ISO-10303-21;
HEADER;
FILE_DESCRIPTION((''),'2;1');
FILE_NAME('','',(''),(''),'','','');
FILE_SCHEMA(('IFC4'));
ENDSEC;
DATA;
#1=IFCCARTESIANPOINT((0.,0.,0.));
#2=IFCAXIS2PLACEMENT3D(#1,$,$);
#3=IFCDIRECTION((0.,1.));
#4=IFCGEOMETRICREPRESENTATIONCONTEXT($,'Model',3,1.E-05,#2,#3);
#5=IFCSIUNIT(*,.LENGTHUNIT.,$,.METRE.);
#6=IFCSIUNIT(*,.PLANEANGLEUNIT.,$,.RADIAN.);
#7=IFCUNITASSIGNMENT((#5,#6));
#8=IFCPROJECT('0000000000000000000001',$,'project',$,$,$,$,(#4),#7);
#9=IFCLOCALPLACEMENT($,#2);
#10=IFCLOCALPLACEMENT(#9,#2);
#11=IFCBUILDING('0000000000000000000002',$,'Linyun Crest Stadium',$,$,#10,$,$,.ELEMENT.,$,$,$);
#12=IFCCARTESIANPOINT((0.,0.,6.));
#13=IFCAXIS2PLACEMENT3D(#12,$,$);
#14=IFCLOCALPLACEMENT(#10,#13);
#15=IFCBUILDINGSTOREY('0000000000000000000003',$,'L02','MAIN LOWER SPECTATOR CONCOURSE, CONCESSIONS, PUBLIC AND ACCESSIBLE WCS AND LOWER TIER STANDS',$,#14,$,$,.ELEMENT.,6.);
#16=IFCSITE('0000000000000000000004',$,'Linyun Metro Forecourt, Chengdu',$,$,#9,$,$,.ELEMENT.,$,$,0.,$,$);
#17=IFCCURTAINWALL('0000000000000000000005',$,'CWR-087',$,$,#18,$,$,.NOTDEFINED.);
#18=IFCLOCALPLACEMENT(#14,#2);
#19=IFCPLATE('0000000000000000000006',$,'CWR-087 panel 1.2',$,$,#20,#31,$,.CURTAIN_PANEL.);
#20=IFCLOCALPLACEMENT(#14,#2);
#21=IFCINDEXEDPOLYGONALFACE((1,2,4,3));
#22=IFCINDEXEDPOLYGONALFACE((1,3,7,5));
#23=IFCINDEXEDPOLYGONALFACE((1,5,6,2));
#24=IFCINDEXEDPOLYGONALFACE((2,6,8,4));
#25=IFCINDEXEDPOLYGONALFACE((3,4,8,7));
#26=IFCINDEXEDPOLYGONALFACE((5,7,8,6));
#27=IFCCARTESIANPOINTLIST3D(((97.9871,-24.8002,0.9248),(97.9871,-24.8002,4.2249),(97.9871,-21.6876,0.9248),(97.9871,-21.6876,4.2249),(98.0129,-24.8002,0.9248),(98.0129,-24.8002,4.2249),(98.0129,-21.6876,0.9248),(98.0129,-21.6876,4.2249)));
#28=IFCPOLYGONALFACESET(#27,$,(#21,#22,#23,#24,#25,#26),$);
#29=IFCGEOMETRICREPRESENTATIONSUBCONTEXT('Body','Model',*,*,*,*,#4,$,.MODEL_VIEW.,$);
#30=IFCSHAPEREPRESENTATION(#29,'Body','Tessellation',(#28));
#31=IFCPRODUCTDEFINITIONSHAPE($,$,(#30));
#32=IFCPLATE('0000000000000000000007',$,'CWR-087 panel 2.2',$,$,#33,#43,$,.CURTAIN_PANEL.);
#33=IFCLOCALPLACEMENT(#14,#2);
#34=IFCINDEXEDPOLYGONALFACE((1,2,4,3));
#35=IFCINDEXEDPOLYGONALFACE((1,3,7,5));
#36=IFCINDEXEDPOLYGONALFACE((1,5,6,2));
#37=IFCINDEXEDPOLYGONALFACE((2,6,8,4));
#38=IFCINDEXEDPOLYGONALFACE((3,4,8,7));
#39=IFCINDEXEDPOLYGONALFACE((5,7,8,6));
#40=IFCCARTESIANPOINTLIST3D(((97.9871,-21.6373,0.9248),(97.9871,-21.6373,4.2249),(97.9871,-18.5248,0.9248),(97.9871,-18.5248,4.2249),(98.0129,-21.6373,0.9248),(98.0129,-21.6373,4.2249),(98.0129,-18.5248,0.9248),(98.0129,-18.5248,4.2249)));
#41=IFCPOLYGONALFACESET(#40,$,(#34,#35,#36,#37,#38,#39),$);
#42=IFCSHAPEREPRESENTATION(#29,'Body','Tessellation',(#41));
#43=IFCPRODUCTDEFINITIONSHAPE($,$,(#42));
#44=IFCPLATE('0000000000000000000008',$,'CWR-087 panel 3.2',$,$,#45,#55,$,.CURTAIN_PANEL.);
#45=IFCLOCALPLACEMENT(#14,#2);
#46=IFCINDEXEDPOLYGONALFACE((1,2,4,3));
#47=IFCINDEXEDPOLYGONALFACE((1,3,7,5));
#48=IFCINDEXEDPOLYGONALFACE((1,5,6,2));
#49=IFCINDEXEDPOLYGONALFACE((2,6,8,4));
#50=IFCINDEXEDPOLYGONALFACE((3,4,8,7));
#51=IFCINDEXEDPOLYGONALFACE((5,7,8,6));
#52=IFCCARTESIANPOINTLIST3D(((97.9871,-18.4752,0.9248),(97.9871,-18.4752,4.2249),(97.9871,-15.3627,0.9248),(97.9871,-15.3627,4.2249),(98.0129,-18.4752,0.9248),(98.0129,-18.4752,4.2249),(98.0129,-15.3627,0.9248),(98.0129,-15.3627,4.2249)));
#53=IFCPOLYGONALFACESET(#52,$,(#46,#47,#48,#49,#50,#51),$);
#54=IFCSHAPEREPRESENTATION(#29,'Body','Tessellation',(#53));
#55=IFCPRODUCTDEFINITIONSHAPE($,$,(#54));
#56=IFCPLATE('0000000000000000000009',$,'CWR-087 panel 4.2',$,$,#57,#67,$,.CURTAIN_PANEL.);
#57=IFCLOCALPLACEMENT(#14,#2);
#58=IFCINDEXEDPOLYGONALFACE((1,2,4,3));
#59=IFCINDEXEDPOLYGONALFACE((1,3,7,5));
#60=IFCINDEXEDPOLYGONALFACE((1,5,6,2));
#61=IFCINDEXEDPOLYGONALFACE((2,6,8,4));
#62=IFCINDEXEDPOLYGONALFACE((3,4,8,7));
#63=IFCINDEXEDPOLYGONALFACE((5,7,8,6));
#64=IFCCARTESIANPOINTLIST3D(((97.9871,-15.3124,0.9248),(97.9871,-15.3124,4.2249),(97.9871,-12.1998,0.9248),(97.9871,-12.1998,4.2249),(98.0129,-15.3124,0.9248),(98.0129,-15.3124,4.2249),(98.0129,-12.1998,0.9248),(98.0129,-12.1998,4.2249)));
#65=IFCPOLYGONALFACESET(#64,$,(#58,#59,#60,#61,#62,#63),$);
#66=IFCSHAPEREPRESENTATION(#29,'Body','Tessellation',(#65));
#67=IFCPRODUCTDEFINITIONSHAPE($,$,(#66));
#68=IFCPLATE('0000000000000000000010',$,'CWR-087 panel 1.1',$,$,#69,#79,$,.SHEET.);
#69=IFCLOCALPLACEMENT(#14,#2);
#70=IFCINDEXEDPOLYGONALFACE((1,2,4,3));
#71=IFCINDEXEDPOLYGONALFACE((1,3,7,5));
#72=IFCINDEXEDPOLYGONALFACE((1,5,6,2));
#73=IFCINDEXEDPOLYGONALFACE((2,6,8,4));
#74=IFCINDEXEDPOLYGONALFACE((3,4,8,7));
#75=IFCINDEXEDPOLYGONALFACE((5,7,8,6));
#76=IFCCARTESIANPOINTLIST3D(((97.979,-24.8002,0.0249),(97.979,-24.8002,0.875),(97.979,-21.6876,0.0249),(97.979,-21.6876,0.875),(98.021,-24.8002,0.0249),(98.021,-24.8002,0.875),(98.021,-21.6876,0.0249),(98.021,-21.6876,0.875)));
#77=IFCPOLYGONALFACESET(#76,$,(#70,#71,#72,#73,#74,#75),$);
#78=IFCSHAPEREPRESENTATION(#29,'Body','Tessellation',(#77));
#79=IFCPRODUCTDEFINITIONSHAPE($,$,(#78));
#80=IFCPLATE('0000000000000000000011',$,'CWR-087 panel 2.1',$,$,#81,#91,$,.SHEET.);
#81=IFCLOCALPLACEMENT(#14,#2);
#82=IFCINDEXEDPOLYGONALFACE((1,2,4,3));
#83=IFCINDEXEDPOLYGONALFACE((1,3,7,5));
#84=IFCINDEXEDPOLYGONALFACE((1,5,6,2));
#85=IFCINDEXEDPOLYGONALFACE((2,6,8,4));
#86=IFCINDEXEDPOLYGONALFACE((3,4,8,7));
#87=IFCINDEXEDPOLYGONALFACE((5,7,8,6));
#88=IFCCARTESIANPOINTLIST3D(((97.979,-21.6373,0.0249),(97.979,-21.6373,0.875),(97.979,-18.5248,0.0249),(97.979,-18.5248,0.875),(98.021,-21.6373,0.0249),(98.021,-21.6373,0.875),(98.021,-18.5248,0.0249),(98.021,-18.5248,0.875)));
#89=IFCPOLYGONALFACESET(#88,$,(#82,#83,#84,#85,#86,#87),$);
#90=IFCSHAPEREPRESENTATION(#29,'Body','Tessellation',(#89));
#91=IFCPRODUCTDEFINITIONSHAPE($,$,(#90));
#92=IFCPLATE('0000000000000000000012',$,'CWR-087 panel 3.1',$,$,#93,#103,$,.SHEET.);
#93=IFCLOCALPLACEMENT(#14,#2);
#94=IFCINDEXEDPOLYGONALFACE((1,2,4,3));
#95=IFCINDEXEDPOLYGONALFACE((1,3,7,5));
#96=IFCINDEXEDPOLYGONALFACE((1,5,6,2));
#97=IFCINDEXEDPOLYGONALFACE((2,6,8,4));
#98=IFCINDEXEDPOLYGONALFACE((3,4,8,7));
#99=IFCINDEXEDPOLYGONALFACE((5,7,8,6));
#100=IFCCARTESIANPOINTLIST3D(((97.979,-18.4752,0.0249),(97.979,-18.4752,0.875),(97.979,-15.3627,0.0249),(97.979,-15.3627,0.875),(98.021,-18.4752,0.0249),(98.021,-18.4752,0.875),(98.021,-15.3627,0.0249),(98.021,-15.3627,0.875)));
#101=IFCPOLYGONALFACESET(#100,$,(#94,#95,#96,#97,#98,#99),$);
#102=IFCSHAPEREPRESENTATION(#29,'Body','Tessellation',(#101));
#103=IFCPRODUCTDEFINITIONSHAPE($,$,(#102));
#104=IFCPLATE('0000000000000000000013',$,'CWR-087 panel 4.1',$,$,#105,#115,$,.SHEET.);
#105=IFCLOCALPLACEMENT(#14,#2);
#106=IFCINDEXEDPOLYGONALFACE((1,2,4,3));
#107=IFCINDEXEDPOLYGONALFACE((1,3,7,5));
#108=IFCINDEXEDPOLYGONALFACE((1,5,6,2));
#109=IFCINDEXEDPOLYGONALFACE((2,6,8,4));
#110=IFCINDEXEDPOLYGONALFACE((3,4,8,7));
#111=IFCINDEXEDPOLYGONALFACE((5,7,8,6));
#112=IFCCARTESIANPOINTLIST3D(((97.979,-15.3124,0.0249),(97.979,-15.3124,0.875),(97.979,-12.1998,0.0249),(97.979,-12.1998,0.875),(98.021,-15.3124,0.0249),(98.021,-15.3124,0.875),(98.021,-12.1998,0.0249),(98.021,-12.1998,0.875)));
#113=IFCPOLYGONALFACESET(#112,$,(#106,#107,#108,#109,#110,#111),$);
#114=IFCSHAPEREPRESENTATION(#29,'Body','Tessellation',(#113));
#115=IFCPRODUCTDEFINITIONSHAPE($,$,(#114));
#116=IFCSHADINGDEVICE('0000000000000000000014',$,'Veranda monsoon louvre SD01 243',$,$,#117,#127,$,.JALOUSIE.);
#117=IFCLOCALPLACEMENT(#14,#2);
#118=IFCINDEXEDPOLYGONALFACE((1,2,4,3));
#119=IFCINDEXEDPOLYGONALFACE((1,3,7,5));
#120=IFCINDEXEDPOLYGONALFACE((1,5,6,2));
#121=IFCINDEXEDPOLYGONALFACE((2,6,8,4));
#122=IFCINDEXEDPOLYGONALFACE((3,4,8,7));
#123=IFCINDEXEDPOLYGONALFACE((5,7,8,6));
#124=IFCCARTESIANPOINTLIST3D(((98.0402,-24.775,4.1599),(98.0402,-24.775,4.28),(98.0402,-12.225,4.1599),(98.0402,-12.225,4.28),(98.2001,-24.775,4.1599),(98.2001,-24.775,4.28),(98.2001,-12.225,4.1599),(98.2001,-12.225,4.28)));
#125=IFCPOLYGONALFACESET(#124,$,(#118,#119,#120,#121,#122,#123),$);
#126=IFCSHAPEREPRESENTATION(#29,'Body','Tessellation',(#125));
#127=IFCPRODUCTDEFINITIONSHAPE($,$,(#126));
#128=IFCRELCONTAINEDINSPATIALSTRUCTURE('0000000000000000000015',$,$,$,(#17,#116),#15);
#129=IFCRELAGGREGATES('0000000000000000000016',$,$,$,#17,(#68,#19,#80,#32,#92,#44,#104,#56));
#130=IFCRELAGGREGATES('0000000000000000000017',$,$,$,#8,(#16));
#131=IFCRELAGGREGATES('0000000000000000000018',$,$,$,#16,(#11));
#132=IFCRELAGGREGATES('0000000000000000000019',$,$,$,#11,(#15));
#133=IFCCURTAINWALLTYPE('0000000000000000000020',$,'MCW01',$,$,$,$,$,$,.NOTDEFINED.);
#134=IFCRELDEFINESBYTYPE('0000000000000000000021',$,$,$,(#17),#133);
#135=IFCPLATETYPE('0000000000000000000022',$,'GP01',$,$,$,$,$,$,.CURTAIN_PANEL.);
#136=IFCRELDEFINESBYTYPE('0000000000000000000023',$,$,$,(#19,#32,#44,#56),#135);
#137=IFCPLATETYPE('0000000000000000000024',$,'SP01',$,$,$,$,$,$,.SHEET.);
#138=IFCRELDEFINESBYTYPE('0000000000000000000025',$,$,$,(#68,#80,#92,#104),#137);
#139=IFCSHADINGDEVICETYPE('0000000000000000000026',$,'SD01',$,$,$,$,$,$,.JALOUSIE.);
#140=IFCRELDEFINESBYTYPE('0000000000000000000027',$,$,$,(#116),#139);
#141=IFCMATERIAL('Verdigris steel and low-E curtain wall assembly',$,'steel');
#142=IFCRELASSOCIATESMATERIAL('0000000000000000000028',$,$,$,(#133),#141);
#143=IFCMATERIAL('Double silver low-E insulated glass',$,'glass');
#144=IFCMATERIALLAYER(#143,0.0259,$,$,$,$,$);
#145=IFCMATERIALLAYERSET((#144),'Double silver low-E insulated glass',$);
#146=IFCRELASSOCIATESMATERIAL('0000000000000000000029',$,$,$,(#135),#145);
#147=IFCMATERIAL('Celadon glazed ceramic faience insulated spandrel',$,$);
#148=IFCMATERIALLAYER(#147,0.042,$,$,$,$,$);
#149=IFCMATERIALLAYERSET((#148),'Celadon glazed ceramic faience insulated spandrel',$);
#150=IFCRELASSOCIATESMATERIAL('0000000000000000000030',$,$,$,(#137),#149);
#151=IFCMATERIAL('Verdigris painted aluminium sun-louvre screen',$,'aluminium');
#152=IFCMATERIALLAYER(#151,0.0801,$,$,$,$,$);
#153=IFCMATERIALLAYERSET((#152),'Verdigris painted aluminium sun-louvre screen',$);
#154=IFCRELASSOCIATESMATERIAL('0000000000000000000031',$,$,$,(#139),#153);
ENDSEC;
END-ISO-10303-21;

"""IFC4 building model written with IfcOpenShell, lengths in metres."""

from ifc_helpers import new_model, si_unit, direction, frame, origin, origin_2d, place, context, subcontext, project, spatial, rectangle, extrude, material, layer, layer_set, type_object, element, aggregate, save


model = new_model("IFC4")

# Units and contexts
model_context = context("Model", 3, precision=1e-05, world=origin(), true_north=direction((0.0, 1.0)))
body_context = subcontext(model_context, "Body", "Model", "MODEL_VIEW")
ifc_project = project(units=[si_unit("LENGTHUNIT", "METRE"), si_unit("PLANEANGLEUNIT", "RADIAN")], contexts=[model_context])

# Site, building, storey
site_placement = place(None, origin())
site = spatial("IfcSite", under=ifc_project, at=site_placement, Name="Linyun Metro Forecourt, Chengdu", CompositionType="ELEMENT", RefElevation=0.0)
building_placement = place(site_placement, origin())
building = spatial("IfcBuilding", under=site, at=building_placement, Name="Linyun Crest Stadium", CompositionType="ELEMENT")
storey_placement = place(building_placement, frame((0.0, 0.0, 6.0)))
storey = spatial("IfcBuildingStorey", under=building, at=storey_placement, Name="L02", Description="MAIN LOWER SPECTATOR CONCOURSE, CONCESSIONS, PUBLIC AND ACCESSIBLE WCS AND LOWER TIER STANDS", CompositionType="ELEMENT", Elevation=6.0)

# Shared definitions
ifc_material_1 = material(Name="Verdigris steel and low-E curtain wall assembly", Category="steel")
curtain_wall_type = type_object("IfcCurtainWallType", Name="MCW01", PredefinedType="NOTDEFINED", material=ifc_material_1)

# Curtain wall, plates
curtain_wall_1_placement = place(storey_placement, origin())
curtain_wall_1 = element("IfcCurtainWall", 1, at=curtain_wall_1_placement, inside=storey, type_object=curtain_wall_type, Name="CWR-087", PredefinedType="NOTDEFINED")
ifc_material_2 = material(Name="Double silver low-E insulated glass", Category="glass")
ifc_layer_1 = layer(ifc_material_2, 0.0259)
ifc_layer_set_1 = layer_set([ifc_layer_1], Name="Double silver low-E insulated glass")
plate_type_1 = type_object("IfcPlateType", Name="GP01", PredefinedType="CURTAIN_PANEL", material=ifc_layer_set_1)
plate_1_placement = place(storey_placement, frame((98.0, -23.2439, 0.9248), z_axis=(0.0, 0.0, 1.0), x_axis=(0.0, 1.0, 0.0)))
plate_1 = element("IfcPlate", 2, at=plate_1_placement, type_object=plate_type_1, Name="CWR-087 panel 1.2", PredefinedType="CURTAIN_PANEL", context=body_context, shape_type="SweptSolid", body=[
    extrude(rectangle(XDim=3.1125, YDim=0.0259, at=origin_2d()), origin(), (0.0, 0.0, 1.0), 3.3),
])
plate_2_placement = place(storey_placement, frame((98.0, -20.0811, 0.9248), z_axis=(0.0, 0.0, 1.0), x_axis=(0.0, 1.0, 0.0)))
plate_2 = element("IfcPlate", 3, at=plate_2_placement, type_object=plate_type_1, Name="CWR-087 panel 2.2", PredefinedType="CURTAIN_PANEL", context=body_context, shape_type="SweptSolid", body=[
    extrude(rectangle(XDim=3.1125, YDim=0.0259, at=origin_2d()), origin(), (0.0, 0.0, 1.0), 3.3),
])
plate_3_placement = place(storey_placement, frame((98.0, -16.9189, 0.9248), z_axis=(0.0, 0.0, 1.0), x_axis=(0.0, 1.0, 0.0)))
plate_3 = element("IfcPlate", 4, at=plate_3_placement, type_object=plate_type_1, Name="CWR-087 panel 3.2", PredefinedType="CURTAIN_PANEL", context=body_context, shape_type="SweptSolid", body=[
    extrude(rectangle(XDim=3.1125, YDim=0.0259, at=origin_2d()), origin(), (0.0, 0.0, 1.0), 3.3),
])
plate_4_placement = place(storey_placement, frame((98.0, -13.7561, 0.9248), z_axis=(0.0, 0.0, 1.0), x_axis=(0.0, 1.0, 0.0)))
plate_4 = element("IfcPlate", 5, at=plate_4_placement, type_object=plate_type_1, Name="CWR-087 panel 4.2", PredefinedType="CURTAIN_PANEL", context=body_context, shape_type="SweptSolid", body=[
    extrude(rectangle(XDim=3.1125, YDim=0.0259, at=origin_2d()), origin(), (0.0, 0.0, 1.0), 3.3),
])
ifc_material_3 = material(Name="Celadon glazed ceramic faience insulated spandrel")
ifc_layer_2 = layer(ifc_material_3, 0.042)
ifc_layer_set_2 = layer_set([ifc_layer_2], Name="Celadon glazed ceramic faience insulated spandrel")
plate_type_2 = type_object("IfcPlateType", Name="SP01", PredefinedType="SHEET", material=ifc_layer_set_2)
plate_5_placement = place(storey_placement, frame((98.0, -23.2439, 0.0249), z_axis=(0.0, 0.0, 1.0), x_axis=(0.0, 1.0, 0.0)))
plate_5 = element("IfcPlate", 6, at=plate_5_placement, type_object=plate_type_2, Name="CWR-087 panel 1.1", PredefinedType="SHEET", context=body_context, shape_type="SweptSolid", body=[
    extrude(rectangle(XDim=3.1125, YDim=0.042, at=origin_2d()), origin(), (0.0, 0.0, 1.0), 0.8501),
])
plate_6_placement = place(storey_placement, frame((98.0, -20.0811, 0.0249), z_axis=(0.0, 0.0, 1.0), x_axis=(0.0, 1.0, 0.0)))
plate_6 = element("IfcPlate", 7, at=plate_6_placement, type_object=plate_type_2, Name="CWR-087 panel 2.1", PredefinedType="SHEET", context=body_context, shape_type="SweptSolid", body=[
    extrude(rectangle(XDim=3.1125, YDim=0.042, at=origin_2d()), origin(), (0.0, 0.0, 1.0), 0.8501),
])
plate_7_placement = place(storey_placement, frame((98.0, -16.9189, 0.0249), z_axis=(0.0, 0.0, 1.0), x_axis=(0.0, 1.0, 0.0)))
plate_7 = element("IfcPlate", 8, at=plate_7_placement, type_object=plate_type_2, Name="CWR-087 panel 3.1", PredefinedType="SHEET", context=body_context, shape_type="SweptSolid", body=[
    extrude(rectangle(XDim=3.1125, YDim=0.042, at=origin_2d()), origin(), (0.0, 0.0, 1.0), 0.8501),
])
plate_8_placement = place(storey_placement, frame((98.0, -13.7561, 0.0249), z_axis=(0.0, 0.0, 1.0), x_axis=(0.0, 1.0, 0.0)))
plate_8 = element("IfcPlate", 9, at=plate_8_placement, type_object=plate_type_2, Name="CWR-087 panel 4.1", PredefinedType="SHEET", context=body_context, shape_type="SweptSolid", body=[
    extrude(rectangle(XDim=3.1125, YDim=0.042, at=origin_2d()), origin(), (0.0, 0.0, 1.0), 0.8501),
])
aggregate(curtain_wall_1, [plate_5, plate_1, plate_6, plate_2, plate_7, plate_3, plate_8, plate_4])

# Shading device
ifc_material_4 = material(Name="Verdigris painted aluminium sun-louvre screen", Category="aluminium")
ifc_layer_3 = layer(ifc_material_4, 0.0801)
ifc_layer_set_3 = layer_set([ifc_layer_3], Name="Verdigris painted aluminium sun-louvre screen")
shading_device_type = type_object("IfcShadingDeviceType", Name="SD01", PredefinedType="JALOUSIE", material=ifc_layer_set_3)
shading_device_placement = place(storey_placement, frame((98.1201, -18.5, 4.1599), z_axis=(0.0, 0.0, 1.0), x_axis=(1.0, 0.0, 0.0)))
element("IfcShadingDevice", 10, at=shading_device_placement, inside=storey, type_object=shading_device_type, Name="Veranda monsoon louvre SD01 243", PredefinedType="JALOUSIE", context=body_context, shape_type="SweptSolid", body=[
    extrude(rectangle(XDim=0.1599, YDim=12.55, at=origin_2d()), origin(), (0.0, 0.0, 1.0), 0.1201),
])

save(model, "model.ifc")
